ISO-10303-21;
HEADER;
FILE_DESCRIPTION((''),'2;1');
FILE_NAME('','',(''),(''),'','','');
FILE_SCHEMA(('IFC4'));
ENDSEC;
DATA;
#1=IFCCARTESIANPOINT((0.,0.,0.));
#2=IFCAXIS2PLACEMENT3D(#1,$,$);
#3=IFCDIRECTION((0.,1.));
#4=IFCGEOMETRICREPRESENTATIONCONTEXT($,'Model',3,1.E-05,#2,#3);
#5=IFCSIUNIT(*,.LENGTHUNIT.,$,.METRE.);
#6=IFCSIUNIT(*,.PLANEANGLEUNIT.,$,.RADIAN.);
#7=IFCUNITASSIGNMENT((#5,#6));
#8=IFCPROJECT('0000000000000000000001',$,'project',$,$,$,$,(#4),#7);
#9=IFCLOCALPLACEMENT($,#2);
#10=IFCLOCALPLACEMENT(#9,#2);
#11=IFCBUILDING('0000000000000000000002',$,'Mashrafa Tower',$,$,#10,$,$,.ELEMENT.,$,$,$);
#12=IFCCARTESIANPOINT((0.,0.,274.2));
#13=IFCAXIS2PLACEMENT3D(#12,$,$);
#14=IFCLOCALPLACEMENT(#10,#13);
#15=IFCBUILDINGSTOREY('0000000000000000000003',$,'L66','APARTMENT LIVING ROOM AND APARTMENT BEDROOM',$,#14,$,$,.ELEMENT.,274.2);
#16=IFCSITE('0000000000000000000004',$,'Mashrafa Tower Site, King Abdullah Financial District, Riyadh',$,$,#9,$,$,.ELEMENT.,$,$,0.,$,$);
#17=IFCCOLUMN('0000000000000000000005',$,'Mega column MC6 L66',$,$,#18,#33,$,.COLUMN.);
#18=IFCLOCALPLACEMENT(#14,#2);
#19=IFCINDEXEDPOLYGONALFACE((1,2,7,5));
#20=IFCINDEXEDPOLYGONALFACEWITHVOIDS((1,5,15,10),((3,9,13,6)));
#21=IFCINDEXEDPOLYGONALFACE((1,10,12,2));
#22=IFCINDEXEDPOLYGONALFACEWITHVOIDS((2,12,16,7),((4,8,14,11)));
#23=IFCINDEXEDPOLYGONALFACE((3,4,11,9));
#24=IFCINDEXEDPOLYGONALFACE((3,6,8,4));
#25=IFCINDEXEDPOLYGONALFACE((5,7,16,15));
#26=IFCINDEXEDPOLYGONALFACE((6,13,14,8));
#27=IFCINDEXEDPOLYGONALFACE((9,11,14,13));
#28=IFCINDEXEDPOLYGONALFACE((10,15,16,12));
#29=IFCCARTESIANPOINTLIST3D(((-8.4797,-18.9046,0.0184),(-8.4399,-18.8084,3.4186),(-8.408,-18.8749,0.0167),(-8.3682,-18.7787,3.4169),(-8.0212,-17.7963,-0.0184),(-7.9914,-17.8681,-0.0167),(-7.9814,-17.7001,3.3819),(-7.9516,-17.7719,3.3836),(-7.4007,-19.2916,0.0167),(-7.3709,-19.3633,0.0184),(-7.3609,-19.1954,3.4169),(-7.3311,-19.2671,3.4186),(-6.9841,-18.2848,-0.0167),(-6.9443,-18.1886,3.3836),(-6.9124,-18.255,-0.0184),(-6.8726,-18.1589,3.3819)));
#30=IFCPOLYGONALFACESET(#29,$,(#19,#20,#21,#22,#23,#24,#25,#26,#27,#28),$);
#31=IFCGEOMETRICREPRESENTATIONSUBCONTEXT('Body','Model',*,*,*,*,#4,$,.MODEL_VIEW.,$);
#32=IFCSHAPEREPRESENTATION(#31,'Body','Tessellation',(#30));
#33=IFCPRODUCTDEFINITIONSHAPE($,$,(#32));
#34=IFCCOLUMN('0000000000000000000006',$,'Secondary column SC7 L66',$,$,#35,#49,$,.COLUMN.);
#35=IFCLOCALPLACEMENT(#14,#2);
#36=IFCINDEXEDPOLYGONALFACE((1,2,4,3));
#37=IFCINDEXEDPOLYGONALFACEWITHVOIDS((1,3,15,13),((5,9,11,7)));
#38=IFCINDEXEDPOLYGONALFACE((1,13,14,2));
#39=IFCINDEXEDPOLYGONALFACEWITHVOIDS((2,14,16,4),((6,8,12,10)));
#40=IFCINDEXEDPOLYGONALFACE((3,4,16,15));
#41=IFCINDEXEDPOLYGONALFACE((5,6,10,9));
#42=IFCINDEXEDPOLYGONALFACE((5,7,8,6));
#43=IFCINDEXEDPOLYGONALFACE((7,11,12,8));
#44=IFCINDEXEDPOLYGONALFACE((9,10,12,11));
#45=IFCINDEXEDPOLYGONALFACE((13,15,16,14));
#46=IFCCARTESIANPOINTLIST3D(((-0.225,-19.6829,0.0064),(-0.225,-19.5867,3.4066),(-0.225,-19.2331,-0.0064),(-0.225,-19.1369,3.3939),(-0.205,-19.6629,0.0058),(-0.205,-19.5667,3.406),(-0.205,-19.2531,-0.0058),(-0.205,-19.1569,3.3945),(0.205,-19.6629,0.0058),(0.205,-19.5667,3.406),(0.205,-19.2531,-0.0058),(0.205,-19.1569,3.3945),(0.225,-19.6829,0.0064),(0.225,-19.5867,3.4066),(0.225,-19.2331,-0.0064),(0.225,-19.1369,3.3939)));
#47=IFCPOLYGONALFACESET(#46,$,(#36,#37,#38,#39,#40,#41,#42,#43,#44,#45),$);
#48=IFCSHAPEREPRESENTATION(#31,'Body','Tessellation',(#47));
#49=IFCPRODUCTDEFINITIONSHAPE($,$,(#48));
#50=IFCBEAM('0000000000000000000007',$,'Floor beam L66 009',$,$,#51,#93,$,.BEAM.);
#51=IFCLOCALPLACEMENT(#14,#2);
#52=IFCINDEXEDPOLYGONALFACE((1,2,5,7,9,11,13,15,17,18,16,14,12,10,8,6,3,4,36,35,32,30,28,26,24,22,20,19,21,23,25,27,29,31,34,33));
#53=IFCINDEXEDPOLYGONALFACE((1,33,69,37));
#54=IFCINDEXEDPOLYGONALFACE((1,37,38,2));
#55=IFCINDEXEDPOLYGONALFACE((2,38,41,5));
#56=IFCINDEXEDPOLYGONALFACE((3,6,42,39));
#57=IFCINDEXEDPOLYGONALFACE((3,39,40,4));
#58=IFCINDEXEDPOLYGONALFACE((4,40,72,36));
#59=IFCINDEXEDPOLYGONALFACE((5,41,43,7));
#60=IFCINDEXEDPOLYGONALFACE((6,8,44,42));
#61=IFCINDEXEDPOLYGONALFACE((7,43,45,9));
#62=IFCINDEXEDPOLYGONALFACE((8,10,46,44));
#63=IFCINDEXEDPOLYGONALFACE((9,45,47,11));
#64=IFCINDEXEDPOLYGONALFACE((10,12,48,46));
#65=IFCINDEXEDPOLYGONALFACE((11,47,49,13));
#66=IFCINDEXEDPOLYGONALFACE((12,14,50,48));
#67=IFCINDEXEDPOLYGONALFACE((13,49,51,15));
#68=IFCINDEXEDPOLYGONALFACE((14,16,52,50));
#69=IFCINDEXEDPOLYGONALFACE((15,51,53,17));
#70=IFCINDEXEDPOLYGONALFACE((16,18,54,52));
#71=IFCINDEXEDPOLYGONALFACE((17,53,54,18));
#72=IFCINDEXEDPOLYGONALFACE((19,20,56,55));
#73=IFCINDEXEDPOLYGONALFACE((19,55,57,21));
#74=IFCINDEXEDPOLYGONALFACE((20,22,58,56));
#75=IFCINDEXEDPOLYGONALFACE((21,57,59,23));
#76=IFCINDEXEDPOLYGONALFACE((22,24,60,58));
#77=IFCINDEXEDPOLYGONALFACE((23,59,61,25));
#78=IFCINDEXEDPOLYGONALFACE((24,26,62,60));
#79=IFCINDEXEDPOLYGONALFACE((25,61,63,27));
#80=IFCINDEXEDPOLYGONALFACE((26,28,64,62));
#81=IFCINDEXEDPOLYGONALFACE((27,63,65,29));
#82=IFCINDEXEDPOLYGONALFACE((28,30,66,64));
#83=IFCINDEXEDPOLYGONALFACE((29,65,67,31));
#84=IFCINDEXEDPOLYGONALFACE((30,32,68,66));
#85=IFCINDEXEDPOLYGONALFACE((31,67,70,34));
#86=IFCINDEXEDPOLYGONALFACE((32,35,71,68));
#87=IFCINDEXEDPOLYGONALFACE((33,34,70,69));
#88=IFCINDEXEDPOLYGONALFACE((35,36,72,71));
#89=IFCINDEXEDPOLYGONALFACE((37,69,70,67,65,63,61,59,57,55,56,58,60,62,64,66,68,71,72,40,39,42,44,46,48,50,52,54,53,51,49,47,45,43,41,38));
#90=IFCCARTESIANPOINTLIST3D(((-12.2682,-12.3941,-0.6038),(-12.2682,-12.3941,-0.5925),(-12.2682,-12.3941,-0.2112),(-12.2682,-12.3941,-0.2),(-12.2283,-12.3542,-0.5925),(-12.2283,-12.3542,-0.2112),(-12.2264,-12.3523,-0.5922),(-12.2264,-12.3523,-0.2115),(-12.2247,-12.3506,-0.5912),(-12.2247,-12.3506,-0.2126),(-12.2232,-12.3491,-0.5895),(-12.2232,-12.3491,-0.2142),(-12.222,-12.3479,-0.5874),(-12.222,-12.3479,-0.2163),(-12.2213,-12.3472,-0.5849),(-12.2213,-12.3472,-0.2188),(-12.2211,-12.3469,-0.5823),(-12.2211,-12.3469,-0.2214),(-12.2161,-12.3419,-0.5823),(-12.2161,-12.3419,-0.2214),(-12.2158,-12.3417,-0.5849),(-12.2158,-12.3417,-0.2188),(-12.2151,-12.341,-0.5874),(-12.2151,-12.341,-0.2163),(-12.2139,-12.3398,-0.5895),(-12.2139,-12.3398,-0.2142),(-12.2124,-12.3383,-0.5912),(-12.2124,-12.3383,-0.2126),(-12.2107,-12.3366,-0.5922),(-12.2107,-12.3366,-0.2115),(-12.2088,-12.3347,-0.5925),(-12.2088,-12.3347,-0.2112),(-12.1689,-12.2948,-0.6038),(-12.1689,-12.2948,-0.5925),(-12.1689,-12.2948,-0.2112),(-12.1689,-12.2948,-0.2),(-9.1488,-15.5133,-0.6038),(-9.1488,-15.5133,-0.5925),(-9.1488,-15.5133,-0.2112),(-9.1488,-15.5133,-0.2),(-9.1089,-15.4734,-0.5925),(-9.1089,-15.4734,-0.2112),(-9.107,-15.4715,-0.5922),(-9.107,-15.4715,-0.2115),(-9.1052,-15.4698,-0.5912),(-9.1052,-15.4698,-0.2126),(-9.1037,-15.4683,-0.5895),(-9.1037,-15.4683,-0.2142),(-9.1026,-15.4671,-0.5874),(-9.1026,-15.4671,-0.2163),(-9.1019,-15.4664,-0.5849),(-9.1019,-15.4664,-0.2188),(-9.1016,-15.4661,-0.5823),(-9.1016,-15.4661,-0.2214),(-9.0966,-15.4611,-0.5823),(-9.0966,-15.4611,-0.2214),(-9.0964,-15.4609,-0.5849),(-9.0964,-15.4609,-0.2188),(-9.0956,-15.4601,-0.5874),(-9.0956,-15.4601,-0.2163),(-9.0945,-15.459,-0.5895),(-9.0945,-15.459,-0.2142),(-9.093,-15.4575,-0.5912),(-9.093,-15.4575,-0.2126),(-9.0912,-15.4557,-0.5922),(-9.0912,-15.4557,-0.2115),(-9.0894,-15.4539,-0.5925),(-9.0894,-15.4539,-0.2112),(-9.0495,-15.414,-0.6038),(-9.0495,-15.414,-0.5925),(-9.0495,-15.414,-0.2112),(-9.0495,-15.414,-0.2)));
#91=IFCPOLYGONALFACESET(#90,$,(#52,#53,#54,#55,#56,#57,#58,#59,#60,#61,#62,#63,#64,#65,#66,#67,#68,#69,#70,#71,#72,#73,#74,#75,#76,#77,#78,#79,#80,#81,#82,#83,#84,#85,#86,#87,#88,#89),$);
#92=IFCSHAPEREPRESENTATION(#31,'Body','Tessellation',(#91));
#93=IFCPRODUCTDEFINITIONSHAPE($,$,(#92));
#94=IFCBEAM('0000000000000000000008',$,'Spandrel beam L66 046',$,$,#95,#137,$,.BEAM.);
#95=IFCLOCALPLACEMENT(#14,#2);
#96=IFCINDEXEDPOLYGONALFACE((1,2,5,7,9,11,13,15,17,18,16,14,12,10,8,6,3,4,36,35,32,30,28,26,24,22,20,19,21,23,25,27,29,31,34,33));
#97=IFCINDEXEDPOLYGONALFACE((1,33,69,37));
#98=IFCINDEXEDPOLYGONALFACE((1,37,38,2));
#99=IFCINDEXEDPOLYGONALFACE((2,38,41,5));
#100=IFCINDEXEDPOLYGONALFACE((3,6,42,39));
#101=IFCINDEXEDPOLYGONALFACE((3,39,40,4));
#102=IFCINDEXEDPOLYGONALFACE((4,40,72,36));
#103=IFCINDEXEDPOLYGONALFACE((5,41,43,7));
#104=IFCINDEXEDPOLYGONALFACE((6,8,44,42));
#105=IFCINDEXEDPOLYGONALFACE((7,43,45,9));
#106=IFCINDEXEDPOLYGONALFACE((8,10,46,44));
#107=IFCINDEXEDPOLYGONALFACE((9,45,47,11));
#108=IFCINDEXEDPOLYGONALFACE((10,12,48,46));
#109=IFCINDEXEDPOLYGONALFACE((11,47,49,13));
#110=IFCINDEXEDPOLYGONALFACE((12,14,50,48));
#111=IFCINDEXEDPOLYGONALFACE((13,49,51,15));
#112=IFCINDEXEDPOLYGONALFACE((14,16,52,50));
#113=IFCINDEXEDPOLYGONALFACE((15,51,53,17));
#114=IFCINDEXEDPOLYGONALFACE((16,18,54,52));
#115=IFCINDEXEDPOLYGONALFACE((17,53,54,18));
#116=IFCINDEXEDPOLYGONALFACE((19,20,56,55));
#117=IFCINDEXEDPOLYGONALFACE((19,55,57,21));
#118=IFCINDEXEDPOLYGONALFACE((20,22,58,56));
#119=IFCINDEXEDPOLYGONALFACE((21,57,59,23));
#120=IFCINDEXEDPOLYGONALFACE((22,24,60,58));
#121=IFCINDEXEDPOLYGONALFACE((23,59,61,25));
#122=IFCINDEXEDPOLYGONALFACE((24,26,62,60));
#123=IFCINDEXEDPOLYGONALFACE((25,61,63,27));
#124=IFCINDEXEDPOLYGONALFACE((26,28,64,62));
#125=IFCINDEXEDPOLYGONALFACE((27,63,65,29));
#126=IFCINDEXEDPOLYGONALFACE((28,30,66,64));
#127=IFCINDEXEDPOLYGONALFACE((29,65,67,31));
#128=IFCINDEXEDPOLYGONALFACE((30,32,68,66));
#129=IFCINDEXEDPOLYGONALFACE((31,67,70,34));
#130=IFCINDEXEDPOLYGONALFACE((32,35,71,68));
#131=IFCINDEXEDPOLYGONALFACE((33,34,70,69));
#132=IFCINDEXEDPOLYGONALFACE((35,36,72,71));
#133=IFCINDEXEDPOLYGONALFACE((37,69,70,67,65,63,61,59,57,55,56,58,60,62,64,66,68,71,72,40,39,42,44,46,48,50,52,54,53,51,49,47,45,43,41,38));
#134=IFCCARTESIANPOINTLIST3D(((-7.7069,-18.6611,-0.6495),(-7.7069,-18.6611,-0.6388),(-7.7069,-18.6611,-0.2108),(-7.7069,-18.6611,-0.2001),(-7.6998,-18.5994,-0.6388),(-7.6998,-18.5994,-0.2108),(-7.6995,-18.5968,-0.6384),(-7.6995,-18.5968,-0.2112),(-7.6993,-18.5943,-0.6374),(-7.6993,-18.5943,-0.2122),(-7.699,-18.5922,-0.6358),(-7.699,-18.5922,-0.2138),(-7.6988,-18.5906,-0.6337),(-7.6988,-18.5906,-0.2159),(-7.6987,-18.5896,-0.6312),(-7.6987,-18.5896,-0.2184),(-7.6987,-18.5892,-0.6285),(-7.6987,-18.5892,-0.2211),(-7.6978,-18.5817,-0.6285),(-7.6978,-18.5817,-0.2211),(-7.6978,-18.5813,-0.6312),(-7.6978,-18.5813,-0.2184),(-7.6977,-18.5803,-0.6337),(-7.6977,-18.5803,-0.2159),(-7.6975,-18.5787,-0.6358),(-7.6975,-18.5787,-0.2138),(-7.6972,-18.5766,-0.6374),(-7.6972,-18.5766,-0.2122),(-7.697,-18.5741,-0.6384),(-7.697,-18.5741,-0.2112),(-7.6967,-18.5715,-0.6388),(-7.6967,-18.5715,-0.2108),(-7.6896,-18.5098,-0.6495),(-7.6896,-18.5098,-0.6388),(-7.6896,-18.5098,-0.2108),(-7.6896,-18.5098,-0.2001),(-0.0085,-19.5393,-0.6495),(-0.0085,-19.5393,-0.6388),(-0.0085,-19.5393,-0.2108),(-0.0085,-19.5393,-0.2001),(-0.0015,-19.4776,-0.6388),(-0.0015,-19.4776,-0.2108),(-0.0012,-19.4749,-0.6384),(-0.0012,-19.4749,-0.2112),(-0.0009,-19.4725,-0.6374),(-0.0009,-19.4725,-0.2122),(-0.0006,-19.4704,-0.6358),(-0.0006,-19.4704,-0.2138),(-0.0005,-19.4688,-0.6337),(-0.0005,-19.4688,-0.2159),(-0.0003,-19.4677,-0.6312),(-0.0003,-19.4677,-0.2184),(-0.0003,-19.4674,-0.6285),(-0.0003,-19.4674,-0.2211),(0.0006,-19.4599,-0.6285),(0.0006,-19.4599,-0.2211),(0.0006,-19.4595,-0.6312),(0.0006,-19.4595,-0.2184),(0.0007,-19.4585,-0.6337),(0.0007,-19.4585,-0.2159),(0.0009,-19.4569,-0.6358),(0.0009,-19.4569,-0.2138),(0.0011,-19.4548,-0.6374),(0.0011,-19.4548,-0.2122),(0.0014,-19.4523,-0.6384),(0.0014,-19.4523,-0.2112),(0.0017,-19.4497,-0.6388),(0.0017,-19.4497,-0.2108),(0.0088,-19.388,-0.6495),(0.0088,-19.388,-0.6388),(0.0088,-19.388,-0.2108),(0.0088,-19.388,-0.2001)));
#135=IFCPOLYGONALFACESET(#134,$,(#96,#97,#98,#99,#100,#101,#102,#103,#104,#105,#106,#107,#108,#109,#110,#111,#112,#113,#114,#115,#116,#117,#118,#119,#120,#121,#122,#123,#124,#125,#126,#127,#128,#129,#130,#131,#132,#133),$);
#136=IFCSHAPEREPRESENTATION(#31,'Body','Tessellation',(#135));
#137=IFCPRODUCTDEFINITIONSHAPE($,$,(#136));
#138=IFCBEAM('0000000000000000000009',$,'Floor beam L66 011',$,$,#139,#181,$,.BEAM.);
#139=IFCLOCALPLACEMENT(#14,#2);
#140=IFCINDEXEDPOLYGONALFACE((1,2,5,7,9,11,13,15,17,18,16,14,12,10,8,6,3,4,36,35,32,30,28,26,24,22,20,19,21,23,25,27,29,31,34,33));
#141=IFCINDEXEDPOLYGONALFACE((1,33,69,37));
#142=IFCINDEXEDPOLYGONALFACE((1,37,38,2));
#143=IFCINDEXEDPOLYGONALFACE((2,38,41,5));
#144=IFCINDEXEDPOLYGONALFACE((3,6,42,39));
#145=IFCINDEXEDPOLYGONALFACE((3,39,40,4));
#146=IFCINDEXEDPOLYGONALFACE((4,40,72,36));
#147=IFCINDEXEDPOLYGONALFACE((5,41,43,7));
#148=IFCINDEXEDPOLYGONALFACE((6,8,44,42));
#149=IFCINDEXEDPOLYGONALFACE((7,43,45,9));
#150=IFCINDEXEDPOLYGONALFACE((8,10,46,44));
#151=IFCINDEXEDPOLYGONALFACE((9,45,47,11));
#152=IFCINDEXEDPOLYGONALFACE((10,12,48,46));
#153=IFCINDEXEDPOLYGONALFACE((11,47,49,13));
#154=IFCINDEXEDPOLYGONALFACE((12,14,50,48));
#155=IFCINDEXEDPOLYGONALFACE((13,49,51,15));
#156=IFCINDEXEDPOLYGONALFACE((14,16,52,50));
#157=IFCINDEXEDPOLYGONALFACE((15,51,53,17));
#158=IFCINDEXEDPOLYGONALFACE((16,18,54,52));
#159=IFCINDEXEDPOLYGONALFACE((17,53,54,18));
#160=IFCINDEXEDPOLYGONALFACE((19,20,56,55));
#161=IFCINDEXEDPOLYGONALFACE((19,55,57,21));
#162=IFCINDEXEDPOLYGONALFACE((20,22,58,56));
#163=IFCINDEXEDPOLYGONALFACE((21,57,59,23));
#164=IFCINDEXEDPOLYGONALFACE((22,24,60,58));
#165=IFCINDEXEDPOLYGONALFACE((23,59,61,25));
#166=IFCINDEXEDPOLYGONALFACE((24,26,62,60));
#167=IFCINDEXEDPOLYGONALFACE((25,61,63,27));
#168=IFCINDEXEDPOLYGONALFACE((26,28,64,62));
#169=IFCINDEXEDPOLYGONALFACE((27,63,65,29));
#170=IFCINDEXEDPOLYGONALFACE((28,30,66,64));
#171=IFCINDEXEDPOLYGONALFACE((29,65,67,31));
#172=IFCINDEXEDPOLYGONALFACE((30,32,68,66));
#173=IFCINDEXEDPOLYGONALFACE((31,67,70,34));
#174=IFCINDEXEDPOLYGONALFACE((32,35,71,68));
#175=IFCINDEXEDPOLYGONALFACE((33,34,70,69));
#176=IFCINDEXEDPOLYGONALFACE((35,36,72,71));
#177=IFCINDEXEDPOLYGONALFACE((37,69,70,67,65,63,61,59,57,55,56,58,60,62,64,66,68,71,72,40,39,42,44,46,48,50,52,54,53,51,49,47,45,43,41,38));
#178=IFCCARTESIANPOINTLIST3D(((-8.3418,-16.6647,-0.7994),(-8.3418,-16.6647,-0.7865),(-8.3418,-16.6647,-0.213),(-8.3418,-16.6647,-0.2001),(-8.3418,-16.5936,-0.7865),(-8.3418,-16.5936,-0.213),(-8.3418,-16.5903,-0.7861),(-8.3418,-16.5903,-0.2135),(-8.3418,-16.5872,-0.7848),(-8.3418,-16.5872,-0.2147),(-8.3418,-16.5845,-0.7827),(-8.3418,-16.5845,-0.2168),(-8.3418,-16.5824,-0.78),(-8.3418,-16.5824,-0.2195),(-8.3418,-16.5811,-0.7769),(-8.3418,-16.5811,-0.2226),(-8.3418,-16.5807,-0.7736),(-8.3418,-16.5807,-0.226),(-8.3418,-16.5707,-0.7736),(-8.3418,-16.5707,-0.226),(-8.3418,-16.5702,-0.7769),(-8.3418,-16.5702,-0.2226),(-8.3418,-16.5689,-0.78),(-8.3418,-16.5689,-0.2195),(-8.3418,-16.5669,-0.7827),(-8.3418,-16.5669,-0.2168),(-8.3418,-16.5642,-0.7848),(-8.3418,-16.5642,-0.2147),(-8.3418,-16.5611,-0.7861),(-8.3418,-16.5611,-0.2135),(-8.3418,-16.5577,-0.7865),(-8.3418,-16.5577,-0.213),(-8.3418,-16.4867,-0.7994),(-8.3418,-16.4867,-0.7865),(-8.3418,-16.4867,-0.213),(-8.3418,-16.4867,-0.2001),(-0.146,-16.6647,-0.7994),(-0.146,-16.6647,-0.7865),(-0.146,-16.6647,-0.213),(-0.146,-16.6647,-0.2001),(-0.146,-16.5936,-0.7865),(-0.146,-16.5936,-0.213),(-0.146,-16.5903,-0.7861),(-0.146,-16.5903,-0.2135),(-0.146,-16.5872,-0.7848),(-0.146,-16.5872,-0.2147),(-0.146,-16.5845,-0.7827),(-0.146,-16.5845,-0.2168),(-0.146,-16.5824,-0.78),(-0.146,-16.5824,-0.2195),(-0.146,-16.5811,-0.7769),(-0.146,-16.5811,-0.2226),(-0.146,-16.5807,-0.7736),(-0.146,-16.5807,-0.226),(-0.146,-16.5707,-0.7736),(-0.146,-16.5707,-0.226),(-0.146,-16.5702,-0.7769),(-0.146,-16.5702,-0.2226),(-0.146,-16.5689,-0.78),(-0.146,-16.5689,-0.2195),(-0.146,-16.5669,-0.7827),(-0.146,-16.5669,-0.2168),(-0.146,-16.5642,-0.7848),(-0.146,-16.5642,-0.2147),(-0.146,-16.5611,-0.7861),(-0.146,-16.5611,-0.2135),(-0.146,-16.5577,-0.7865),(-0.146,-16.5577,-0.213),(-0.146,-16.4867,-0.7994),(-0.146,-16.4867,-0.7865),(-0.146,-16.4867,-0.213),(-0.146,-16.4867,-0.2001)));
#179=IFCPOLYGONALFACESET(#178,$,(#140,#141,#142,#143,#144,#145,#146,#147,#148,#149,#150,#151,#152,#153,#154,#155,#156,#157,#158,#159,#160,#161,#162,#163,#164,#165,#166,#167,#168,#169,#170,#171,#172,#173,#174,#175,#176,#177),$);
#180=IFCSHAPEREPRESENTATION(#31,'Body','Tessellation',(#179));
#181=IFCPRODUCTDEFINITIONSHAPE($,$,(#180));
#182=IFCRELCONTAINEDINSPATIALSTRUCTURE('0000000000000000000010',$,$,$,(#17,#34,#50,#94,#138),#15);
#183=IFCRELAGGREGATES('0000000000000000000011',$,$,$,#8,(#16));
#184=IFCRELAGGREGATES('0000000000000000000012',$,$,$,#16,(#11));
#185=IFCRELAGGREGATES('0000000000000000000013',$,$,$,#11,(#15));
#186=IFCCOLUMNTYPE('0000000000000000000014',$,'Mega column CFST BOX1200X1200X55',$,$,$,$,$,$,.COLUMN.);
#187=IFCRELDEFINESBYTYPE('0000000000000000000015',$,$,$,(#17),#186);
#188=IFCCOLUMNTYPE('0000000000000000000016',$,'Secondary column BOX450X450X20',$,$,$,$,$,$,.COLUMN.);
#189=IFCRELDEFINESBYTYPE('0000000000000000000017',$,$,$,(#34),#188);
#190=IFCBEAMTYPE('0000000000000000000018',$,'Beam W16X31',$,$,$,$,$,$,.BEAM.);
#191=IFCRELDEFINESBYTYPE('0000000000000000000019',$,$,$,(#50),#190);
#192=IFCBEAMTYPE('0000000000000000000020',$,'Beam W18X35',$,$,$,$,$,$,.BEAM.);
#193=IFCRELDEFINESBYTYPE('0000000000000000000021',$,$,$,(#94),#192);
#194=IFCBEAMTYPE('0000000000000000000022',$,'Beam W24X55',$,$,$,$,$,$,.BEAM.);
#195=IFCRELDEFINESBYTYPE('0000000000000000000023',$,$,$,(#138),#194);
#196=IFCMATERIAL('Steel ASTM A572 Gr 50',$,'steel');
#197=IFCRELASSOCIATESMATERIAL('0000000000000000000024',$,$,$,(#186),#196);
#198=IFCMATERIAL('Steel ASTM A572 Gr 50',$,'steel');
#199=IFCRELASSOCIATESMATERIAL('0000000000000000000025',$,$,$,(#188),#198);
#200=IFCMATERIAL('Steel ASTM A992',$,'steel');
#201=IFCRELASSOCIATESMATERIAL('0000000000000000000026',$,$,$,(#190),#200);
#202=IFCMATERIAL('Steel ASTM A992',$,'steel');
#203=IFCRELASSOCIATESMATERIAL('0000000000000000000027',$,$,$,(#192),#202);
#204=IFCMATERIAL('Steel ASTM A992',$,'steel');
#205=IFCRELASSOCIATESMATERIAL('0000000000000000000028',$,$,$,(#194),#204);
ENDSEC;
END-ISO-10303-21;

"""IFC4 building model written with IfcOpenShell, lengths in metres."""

from ifc_helpers import new_model, si_unit, direction, frame, origin, origin_2d, place, context, subcontext, project, spatial, hollow_rectangle, i_section, extrude, material, material_profile, profile_set, type_object, element, save


model = new_model("IFC4")

# Units and contexts
model_context = context("Model", 3, precision=1e-05, world=origin(), true_north=direction((0.0, 1.0)))
body_context = subcontext(model_context, "Body", "Model", "MODEL_VIEW")
ifc_project = project(units=[si_unit("LENGTHUNIT", "METRE"), si_unit("PLANEANGLEUNIT", "RADIAN")], contexts=[model_context])

# Site, building, storey
site_placement = place(None, origin())
site = spatial("IfcSite", under=ifc_project, at=site_placement, Name="Mashrafa Tower Site, King Abdullah Financial District, Riyadh", CompositionType="ELEMENT", RefElevation=0.0)
building_placement = place(site_placement, origin())
building = spatial("IfcBuilding", under=site, at=building_placement, Name="Mashrafa Tower", CompositionType="ELEMENT")
storey_placement = place(building_placement, frame((0.0, 0.0, 274.2)))
storey = spatial("IfcBuildingStorey", under=building, at=storey_placement, Name="L66", Description="APARTMENT LIVING ROOM AND APARTMENT BEDROOM", CompositionType="ELEMENT", Elevation=274.2)

# Columns
ifc_material_1 = material(Name="Steel ASTM A572 Gr 50", Category="steel")
ifc_material_profile_1 = material_profile(ifc_material_1, hollow_rectangle(XDim=1.2, YDim=1.2, WallThickness=0.0549, at=origin_2d()), Name="BOX1200X1200X55")
ifc_profile_set_1 = profile_set([ifc_material_profile_1], Name="Steel ASTM A572 Gr 50")
column_type_1 = type_object("IfcColumnType", Name="Mega column CFST BOX1200X1200X55", PredefinedType="COLUMN", material=ifc_profile_set_1)
column_1_placement = place(storey_placement, frame((-7.696, -18.5798, 0.0), z_axis=(0.011698, 0.028277, 0.999532), x_axis=(-0.924045, 0.382283, 0.0)))
element("IfcColumn", 1, at=column_1_placement, inside=storey, type_object=column_type_1, Name="Mega column MC6 L66", PredefinedType="COLUMN", context=body_context, shape_type="SweptSolid", body=[
    extrude(hollow_rectangle(XDim=1.2, YDim=1.2, WallThickness=0.0549, at=origin_2d()), origin(), (0.0, 0.0, 1.0), 3.4019),
])
ifc_material_2 = material(Name="Steel ASTM A572 Gr 50", Category="steel")
ifc_material_profile_2 = material_profile(ifc_material_2, hollow_rectangle(XDim=0.45, YDim=0.45, WallThickness=0.02, at=origin_2d()), Name="BOX450X450X20")
ifc_profile_set_2 = profile_set([ifc_material_profile_2], Name="Steel ASTM A572 Gr 50")
column_type_2 = type_object("IfcColumnType", Name="Secondary column BOX450X450X20", PredefinedType="COLUMN", material=ifc_profile_set_2)
column_2_placement = place(storey_placement, frame((0.0, -19.458, 0.0), z_axis=(0.0, 0.028279, 0.9996), x_axis=(-1.0, 0.0, 0.0)))
element("IfcColumn", 2, at=column_2_placement, inside=storey, type_object=column_type_2, Name="Secondary column SC7 L66", PredefinedType="COLUMN", context=body_context, shape_type="SweptSolid", body=[
    extrude(hollow_rectangle(XDim=0.45, YDim=0.45, WallThickness=0.02, at=origin_2d()), origin(), (0.0, 0.0, 1.0), 3.4016),
])

# Beams
ifc_material_3 = material(Name="Steel ASTM A992", Category="steel")
ifc_material_profile_3 = material_profile(ifc_material_3, i_section(OverallWidth=0.1404, OverallDepth=0.4038, WebThickness=0.0071, FlangeThickness=0.0112, FilletRadius=0.0103, at=origin_2d()), Name="W16X31")
ifc_profile_set_3 = profile_set([ifc_material_profile_3], Name="Steel ASTM A992")
beam_type_1 = type_object("IfcBeamType", Name="Beam W16X31", PredefinedType="BEAM", material=ifc_profile_set_3)
beam_1_placement = place(storey_placement, frame((-9.0991, -15.4636, -0.4019), z_axis=(-0.707134, 0.707079, 0.0), x_axis=(-0.707079, -0.707134, 0.0)))
element("IfcBeam", 3, at=beam_1_placement, inside=storey, type_object=beam_type_1, Name="Floor beam L66 009", PredefinedType="BEAM", context=body_context, shape_type="SweptSolid", body=[
    extrude(i_section(OverallWidth=0.1404, OverallDepth=0.4038, WebThickness=0.0071, FlangeThickness=0.0112, FilletRadius=0.0103, at=origin_2d()), origin(), (0.0, 0.0, 1.0), 4.4114),
])
ifc_material_4 = material(Name="Steel ASTM A992", Category="steel")
ifc_material_profile_4 = material_profile(ifc_material_4, i_section(OverallWidth=0.1523, OverallDepth=0.4495, WebThickness=0.0076, FlangeThickness=0.0107, FilletRadius=0.0103, at=origin_2d()), Name="W18X35")
ifc_profile_set_4 = profile_set([ifc_material_profile_4], Name="Steel ASTM A992")
beam_type_2 = type_object("IfcBeamType", Name="Beam W18X35", PredefinedType="BEAM", material=ifc_profile_set_4)
beam_2_placement = place(storey_placement, frame((-7.6982, -18.5854, -0.4248), z_axis=(0.993556, -0.11334, 0.0), x_axis=(0.11334, 0.993556, 0.0)))
element("IfcBeam", 4, at=beam_2_placement, inside=storey, type_object=beam_type_2, Name="Spandrel beam L66 046", PredefinedType="BEAM", context=body_context, shape_type="SweptSolid", body=[
    extrude(i_section(OverallWidth=0.1523, OverallDepth=0.4495, WebThickness=0.0076, FlangeThickness=0.0107, FilletRadius=0.0103, at=origin_2d()), origin(), (0.0, 0.0, 1.0), 7.7483),
])
ifc_material_5 = material(Name="Steel ASTM A992", Category="steel")
ifc_material_profile_5 = material_profile(ifc_material_5, i_section(OverallWidth=0.178, OverallDepth=0.5994, WebThickness=0.01, FlangeThickness=0.0129, FilletRadius=0.0129, at=origin_2d()), Name="W24X55")
ifc_profile_set_5 = profile_set([ifc_material_profile_5], Name="Steel ASTM A992")
beam_type_3 = type_object("IfcBeamType", Name="Beam W24X55", PredefinedType="BEAM", material=ifc_profile_set_5)
beam_3_placement = place(storey_placement, frame((-0.146, -16.5757, -0.4998), z_axis=(-1.0, 0.0, 0.0), x_axis=(0.0, -1.0, 0.0)))
element("IfcBeam", 5, at=beam_3_placement, inside=storey, type_object=beam_type_3, Name="Floor beam L66 011", PredefinedType="BEAM", context=body_context, shape_type="SweptSolid", body=[
    extrude(i_section(OverallWidth=0.178, OverallDepth=0.5994, WebThickness=0.01, FlangeThickness=0.0129, FilletRadius=0.0129, at=origin_2d()), origin(), (0.0, 0.0, 1.0), 8.1958),
])

save(model, "model.ifc")
